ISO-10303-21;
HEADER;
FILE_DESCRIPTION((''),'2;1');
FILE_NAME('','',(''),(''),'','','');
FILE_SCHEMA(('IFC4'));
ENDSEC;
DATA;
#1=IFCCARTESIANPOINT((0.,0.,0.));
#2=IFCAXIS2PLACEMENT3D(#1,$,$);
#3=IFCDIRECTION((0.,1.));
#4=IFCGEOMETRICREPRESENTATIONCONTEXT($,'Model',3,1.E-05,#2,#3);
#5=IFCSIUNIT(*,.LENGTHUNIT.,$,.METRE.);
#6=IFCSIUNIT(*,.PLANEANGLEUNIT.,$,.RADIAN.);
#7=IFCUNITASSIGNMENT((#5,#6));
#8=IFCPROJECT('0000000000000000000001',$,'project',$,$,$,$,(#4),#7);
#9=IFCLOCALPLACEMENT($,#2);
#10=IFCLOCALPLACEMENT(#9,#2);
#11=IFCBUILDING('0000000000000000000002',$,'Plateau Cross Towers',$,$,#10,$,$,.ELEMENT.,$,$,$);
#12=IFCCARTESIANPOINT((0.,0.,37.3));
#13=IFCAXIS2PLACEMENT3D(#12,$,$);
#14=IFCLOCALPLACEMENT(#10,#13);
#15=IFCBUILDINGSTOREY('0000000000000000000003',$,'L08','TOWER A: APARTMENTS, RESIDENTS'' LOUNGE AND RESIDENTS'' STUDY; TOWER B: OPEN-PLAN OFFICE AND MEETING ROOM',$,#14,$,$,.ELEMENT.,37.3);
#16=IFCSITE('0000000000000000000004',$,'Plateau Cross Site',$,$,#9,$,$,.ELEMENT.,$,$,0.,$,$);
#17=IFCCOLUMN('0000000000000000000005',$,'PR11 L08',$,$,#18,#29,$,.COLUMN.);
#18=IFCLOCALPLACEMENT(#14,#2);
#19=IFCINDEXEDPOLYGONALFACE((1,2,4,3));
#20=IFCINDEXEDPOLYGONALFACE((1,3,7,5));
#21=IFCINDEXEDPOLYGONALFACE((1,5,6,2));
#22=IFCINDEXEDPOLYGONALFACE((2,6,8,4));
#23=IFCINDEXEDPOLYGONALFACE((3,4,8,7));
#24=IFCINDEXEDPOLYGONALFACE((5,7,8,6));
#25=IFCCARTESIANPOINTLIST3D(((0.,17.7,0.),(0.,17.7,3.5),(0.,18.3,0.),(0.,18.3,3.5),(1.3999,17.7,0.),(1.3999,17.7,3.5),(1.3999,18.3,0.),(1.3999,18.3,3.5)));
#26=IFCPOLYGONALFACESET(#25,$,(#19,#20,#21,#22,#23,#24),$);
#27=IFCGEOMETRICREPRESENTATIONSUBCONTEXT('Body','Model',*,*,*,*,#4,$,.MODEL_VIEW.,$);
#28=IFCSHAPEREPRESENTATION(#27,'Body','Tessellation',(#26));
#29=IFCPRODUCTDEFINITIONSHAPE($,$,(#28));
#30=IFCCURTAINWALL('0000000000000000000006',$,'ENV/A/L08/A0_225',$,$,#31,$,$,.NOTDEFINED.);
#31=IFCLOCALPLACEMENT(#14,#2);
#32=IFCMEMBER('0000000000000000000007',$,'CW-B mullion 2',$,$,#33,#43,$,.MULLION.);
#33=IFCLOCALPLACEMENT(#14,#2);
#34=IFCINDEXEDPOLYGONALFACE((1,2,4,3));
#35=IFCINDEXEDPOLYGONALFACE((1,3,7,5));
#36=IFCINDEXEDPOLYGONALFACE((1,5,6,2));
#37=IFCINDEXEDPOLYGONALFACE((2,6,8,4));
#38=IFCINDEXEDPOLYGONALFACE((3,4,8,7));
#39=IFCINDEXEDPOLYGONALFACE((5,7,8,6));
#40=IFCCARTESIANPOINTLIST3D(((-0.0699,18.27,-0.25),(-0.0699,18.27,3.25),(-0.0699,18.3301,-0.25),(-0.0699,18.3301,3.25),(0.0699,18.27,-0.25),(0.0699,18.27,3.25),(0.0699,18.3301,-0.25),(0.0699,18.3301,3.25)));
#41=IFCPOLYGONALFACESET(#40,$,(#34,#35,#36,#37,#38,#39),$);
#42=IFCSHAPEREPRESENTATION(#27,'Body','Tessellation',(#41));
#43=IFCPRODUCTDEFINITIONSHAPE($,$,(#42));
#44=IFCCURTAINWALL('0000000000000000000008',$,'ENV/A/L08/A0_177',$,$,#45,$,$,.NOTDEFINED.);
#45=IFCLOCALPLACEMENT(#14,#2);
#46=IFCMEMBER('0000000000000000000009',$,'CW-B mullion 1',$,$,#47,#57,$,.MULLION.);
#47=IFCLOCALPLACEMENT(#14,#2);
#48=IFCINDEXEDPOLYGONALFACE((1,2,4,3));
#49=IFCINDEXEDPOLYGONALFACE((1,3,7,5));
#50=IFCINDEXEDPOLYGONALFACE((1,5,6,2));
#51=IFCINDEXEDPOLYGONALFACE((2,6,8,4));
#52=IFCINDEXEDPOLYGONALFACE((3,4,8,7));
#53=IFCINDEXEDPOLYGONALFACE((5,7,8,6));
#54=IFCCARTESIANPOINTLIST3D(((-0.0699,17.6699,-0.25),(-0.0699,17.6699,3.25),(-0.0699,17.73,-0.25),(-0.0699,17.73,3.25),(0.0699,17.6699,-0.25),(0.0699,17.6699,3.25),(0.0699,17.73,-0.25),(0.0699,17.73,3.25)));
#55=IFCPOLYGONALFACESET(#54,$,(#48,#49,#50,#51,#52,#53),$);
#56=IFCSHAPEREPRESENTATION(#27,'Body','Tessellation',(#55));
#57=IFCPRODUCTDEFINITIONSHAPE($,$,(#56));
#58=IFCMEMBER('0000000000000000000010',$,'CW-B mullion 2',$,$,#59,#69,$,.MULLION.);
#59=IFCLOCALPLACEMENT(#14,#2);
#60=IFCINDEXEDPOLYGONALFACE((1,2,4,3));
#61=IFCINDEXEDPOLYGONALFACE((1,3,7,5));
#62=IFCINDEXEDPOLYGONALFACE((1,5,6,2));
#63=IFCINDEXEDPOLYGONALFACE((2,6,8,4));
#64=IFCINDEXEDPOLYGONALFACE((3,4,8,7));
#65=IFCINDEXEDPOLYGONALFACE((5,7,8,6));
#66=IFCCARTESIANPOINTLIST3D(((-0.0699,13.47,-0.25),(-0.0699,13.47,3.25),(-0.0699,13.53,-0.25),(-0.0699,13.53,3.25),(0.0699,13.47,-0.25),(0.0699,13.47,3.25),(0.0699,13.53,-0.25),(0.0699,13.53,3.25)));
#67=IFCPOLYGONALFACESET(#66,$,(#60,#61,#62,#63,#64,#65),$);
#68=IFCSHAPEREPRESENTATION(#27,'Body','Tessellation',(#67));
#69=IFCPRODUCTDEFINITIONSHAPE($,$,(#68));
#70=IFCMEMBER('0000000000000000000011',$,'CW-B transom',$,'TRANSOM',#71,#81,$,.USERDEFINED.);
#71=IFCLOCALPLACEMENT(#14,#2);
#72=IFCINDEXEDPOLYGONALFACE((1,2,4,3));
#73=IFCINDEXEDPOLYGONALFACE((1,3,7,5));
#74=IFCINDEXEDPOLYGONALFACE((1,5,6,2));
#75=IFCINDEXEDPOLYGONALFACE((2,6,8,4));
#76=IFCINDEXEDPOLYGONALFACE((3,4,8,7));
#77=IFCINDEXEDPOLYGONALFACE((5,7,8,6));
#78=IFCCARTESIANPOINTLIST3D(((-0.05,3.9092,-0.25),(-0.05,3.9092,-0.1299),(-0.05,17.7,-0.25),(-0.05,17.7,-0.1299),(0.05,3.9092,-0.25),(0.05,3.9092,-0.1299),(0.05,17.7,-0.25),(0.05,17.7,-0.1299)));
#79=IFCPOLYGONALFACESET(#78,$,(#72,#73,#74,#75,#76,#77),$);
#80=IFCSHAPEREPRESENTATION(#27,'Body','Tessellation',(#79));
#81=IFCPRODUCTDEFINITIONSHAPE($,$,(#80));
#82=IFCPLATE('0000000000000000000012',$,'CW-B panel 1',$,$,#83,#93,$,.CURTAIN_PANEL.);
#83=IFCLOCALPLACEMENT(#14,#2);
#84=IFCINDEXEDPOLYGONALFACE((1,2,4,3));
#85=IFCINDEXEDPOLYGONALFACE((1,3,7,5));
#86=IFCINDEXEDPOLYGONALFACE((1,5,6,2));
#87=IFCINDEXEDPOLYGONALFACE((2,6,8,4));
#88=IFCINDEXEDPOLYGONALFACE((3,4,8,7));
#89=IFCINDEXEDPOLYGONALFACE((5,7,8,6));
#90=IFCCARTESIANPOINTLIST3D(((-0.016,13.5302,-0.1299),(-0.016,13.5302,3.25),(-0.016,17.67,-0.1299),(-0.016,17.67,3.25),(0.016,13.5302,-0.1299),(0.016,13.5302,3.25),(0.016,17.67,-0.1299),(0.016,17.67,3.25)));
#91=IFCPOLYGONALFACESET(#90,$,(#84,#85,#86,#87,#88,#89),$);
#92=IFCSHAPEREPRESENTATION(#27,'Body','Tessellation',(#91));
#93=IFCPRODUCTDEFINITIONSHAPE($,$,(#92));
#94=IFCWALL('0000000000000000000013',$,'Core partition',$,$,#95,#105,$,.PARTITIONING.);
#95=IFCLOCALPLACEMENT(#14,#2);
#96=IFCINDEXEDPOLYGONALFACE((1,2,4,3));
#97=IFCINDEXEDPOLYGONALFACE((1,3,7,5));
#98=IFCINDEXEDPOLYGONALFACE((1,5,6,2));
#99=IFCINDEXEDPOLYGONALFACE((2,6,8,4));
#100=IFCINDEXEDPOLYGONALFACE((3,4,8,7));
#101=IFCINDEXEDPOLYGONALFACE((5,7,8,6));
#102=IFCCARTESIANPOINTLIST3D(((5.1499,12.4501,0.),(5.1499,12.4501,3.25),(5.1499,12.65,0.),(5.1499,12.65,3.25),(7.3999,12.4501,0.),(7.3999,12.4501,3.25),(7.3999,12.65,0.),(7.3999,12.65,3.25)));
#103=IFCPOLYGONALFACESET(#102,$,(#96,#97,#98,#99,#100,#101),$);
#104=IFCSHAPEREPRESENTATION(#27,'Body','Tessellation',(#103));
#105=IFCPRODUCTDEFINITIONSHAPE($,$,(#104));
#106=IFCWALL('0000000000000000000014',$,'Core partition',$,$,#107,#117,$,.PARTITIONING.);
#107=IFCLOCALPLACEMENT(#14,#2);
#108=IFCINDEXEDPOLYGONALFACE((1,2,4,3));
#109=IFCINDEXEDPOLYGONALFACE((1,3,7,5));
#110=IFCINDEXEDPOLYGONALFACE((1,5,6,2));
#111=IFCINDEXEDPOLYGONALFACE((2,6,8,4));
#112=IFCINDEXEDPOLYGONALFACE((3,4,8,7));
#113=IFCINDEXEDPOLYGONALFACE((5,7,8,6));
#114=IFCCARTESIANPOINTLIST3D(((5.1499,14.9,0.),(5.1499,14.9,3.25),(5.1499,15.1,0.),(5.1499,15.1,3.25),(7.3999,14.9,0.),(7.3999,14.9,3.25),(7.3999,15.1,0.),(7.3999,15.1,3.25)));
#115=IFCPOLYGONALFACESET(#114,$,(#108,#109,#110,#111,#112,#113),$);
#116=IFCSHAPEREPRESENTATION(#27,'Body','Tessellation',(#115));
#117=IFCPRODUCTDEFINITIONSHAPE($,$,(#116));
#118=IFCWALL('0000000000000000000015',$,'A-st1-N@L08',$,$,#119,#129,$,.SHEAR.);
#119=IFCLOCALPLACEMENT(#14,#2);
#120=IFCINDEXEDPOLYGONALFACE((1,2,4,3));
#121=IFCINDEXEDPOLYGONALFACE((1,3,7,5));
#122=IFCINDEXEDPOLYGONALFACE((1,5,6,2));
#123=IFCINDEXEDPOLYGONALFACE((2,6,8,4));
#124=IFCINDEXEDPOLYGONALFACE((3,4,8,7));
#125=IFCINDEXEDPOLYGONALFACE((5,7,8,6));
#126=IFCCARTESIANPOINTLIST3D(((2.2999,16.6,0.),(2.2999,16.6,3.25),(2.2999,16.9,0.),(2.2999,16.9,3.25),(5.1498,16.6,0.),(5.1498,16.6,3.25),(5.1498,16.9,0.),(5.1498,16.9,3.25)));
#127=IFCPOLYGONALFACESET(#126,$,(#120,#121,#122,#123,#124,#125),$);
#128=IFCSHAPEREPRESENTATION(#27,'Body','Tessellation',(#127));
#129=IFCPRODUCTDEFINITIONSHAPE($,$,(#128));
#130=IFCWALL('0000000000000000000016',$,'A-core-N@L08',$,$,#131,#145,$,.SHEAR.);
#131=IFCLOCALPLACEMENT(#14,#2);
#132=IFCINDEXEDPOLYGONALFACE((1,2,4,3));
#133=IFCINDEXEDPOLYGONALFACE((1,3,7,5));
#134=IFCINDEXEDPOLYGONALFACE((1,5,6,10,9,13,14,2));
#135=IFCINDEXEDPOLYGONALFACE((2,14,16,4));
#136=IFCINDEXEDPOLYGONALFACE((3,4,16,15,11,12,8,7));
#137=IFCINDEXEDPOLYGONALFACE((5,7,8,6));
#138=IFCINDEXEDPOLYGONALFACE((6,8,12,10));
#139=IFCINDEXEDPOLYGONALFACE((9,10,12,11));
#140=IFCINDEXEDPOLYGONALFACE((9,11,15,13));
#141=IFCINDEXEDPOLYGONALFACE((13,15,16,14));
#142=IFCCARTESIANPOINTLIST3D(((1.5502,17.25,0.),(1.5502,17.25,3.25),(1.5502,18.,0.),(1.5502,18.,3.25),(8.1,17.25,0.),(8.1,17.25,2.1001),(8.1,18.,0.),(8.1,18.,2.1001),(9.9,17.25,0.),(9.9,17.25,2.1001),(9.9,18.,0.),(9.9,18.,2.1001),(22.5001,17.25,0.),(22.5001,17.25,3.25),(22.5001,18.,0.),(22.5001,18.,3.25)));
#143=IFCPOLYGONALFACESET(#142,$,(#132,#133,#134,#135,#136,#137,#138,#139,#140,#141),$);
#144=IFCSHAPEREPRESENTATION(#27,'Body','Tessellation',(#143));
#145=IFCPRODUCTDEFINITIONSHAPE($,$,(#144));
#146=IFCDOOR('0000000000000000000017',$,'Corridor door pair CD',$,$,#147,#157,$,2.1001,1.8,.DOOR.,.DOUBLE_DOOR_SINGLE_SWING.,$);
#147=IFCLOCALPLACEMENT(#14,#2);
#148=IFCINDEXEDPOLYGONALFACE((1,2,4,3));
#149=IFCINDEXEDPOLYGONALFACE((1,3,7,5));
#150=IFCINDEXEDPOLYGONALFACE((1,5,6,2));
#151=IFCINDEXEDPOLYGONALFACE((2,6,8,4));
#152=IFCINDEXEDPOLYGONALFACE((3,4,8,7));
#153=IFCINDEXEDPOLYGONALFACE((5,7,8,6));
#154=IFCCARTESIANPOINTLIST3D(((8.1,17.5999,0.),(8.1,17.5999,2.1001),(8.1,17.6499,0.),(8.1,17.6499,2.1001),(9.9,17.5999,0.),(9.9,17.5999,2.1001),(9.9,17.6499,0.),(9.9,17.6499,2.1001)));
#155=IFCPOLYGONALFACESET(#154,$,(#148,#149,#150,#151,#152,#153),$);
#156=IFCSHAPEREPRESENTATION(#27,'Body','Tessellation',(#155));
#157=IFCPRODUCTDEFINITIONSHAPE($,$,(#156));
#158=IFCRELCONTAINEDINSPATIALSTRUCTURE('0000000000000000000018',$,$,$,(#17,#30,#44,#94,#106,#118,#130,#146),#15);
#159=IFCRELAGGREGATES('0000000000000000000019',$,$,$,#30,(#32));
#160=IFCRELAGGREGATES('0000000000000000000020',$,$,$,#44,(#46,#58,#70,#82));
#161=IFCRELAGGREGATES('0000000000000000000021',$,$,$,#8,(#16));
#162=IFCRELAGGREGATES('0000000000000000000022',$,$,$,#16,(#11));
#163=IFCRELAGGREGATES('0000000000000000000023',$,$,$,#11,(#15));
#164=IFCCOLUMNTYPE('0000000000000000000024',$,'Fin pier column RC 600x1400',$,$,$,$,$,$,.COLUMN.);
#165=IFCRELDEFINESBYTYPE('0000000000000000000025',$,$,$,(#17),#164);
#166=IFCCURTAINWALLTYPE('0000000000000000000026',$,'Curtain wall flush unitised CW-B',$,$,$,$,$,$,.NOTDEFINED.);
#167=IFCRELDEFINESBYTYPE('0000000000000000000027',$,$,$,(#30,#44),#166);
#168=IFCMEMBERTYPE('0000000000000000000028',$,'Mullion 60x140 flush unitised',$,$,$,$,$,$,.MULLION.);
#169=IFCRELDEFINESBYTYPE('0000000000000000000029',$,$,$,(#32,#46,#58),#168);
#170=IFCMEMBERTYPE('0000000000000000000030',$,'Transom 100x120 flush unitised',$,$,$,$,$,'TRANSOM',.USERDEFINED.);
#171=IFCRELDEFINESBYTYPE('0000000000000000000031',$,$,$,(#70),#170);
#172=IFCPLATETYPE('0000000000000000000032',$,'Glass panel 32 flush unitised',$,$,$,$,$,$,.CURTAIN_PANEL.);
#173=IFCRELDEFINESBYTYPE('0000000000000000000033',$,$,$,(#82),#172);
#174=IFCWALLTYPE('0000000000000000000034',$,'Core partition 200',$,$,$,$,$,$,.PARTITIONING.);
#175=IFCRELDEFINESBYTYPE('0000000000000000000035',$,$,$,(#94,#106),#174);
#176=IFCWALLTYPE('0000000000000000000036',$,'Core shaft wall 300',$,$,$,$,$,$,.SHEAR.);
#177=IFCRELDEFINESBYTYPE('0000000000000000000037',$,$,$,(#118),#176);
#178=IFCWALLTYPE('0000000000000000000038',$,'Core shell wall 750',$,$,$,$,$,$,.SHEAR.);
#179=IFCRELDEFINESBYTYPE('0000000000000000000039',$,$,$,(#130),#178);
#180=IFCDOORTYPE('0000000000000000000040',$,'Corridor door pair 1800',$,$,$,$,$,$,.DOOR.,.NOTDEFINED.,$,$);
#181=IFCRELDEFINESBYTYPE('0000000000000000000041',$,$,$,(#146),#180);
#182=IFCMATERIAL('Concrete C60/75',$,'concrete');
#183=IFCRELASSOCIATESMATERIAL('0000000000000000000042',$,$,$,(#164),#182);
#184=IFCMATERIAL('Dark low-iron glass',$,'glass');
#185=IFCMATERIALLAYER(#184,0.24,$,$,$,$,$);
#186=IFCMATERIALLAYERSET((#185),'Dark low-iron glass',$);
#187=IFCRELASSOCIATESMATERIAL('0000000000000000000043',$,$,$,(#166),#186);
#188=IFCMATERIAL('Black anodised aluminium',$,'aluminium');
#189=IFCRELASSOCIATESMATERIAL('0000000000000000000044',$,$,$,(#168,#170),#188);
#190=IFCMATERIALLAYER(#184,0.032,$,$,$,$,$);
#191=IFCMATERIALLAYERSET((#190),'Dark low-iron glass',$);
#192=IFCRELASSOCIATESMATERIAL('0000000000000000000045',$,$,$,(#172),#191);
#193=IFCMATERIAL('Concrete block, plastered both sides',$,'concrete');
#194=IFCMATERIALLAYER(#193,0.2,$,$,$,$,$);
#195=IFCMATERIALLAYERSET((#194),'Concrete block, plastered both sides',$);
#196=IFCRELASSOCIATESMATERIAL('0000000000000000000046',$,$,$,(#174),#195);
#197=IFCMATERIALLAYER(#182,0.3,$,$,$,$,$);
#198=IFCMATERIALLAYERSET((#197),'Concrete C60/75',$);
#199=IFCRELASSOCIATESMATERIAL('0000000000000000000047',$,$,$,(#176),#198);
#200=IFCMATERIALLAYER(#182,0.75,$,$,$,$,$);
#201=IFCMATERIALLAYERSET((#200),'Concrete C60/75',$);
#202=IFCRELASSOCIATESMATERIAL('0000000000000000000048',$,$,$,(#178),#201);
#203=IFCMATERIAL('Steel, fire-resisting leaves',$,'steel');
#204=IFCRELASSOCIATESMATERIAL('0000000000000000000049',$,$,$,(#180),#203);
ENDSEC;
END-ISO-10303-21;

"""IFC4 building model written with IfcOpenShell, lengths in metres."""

from ifc_helpers import new_model, si_unit, direction, frame, frame_2d, origin, origin_2d, place, context, subcontext, project, spatial, rectangle, extrude, material, layer, layer_set, material_profile, profile_set, type_object, element, fill, aggregate, save


model = new_model("IFC4")

# Units and contexts
model_context = context("Model", 3, precision=1e-05, world=origin(), true_north=direction((0.0, 1.0)))
body_context = subcontext(model_context, "Body", "Model", "MODEL_VIEW")
ifc_project = project(units=[si_unit("LENGTHUNIT", "METRE"), si_unit("PLANEANGLEUNIT", "RADIAN")], contexts=[model_context])

# Site, building, storey
site_placement = place(None, origin())
site = spatial("IfcSite", under=ifc_project, at=site_placement, Name="Plateau Cross Site", CompositionType="ELEMENT", RefElevation=0.0)
building_placement = place(site_placement, origin())
building = spatial("IfcBuilding", under=site, at=building_placement, Name="Plateau Cross Towers", CompositionType="ELEMENT")
storey_placement = place(building_placement, frame((0.0, 0.0, 37.3)))
storey = spatial("IfcBuildingStorey", under=building, at=storey_placement, Name="L08", Description="TOWER A: APARTMENTS, RESIDENTS' LOUNGE AND RESIDENTS' STUDY; TOWER B: OPEN-PLAN OFFICE AND MEETING ROOM", CompositionType="ELEMENT", Elevation=37.3)

# Column
ifc_material_1 = material(Name="Concrete C60/75", Category="concrete")
ifc_material_profile_1 = material_profile(ifc_material_1, rectangle(XDim=0.6001, YDim=1.3999, at=origin_2d()), Name="RC 600x1400")
ifc_profile_set_1 = profile_set([ifc_material_profile_1], Name="Concrete C60/75")
column_type = type_object("IfcColumnType", Name="Fin pier column RC 600x1400", PredefinedType="COLUMN", material=ifc_profile_set_1)
column_placement = place(storey_placement, frame((0.7, 18.0, 0.0), z_axis=(0.0, 0.0, 1.0), x_axis=(0.0, 1.0, 0.0)))
element("IfcColumn", 1, at=column_placement, inside=storey, type_object=column_type, Name="PR11 L08", PredefinedType="COLUMN", context=body_context, shape_type="SweptSolid", body=[
    extrude(rectangle(XDim=0.6001, YDim=1.3999, at=origin_2d()), origin(), (0.0, 0.0, 1.0), 3.5),
])

# Curtain wall, member
ifc_material_2 = material(Name="Dark low-iron glass", Category="glass")
ifc_layer_1 = layer(ifc_material_2, 0.24)
ifc_layer_set_1 = layer_set([ifc_layer_1], Name="Dark low-iron glass")
curtain_wall_type = type_object("IfcCurtainWallType", Name="Curtain wall flush unitised CW-B", PredefinedType="NOTDEFINED", material=ifc_layer_set_1)
curtain_wall_1_placement = place(storey_placement, origin())
curtain_wall_1 = element("IfcCurtainWall", 2, at=curtain_wall_1_placement, inside=storey, type_object=curtain_wall_type, Name="ENV/A/L08/A0_225", PredefinedType="NOTDEFINED")
ifc_material_3 = material(Name="Black anodised aluminium", Category="aluminium")
ifc_material_profile_2 = material_profile(ifc_material_3, rectangle(XDim=0.0601, YDim=0.1399, at=origin_2d()), Name="MULLION 60x140")
ifc_profile_set_2 = profile_set([ifc_material_profile_2], Name="Black anodised aluminium")
member_type_1 = type_object("IfcMemberType", Name="Mullion 60x140 flush unitised", PredefinedType="MULLION", material=ifc_profile_set_2)
member_1_placement = place(storey_placement, frame((0.0, 18.3, -0.25), z_axis=(0.0, 0.0, 1.0), x_axis=(0.0, -1.0, 0.0)))
member_1 = element("IfcMember", 3, at=member_1_placement, type_object=member_type_1, Name="CW-B mullion 2", PredefinedType="MULLION", context=body_context, shape_type="SweptSolid", body=[
    extrude(rectangle(XDim=0.0601, YDim=0.1399, at=origin_2d()), origin(), (0.0, 0.0, 1.0), 3.5),
])
aggregate(curtain_wall_1, [member_1])

# Curtain wall, members, plate
curtain_wall_2_placement = place(storey_placement, origin())
curtain_wall_2 = element("IfcCurtainWall", 4, at=curtain_wall_2_placement, inside=storey, type_object=curtain_wall_type, Name="ENV/A/L08/A0_177", PredefinedType="NOTDEFINED")
member_2_placement = place(storey_placement, frame((0.0, 17.7, -0.25), z_axis=(0.0, 0.0, 1.0), x_axis=(0.0, -1.0, 0.0)))
member_2 = element("IfcMember", 5, at=member_2_placement, type_object=member_type_1, Name="CW-B mullion 1", PredefinedType="MULLION", context=body_context, shape_type="SweptSolid", body=[
    extrude(rectangle(XDim=0.0601, YDim=0.1399, at=origin_2d()), origin(), (0.0, 0.0, 1.0), 3.5),
])
member_3_placement = place(storey_placement, frame((0.0, 13.5, -0.25), z_axis=(0.0, 0.0, 1.0), x_axis=(0.0, -1.0, 0.0)))
member_3 = element("IfcMember", 6, at=member_3_placement, type_object=member_type_1, Name="CW-B mullion 2", PredefinedType="MULLION", context=body_context, shape_type="SweptSolid", body=[
    extrude(rectangle(XDim=0.0601, YDim=0.1399, at=origin_2d()), origin(), (0.0, 0.0, 1.0), 3.5),
])
ifc_material_profile_3 = material_profile(ifc_material_3, rectangle(XDim=0.1001, YDim=0.1201, at=origin_2d()), Name="TRANSOM 100x120")
ifc_profile_set_3 = profile_set([ifc_material_profile_3], Name="Black anodised aluminium")
member_type_2 = type_object("IfcMemberType", Name="Transom 100x120 flush unitised", ElementType="TRANSOM", PredefinedType="USERDEFINED", material=ifc_profile_set_3)
member_4_placement = place(storey_placement, frame((0.0, 17.7, -0.1899), z_axis=(0.0, -1.0, 0.0), x_axis=(1.0, 0.0, 0.0)))
member_4 = element("IfcMember", 7, at=member_4_placement, type_object=member_type_2, Name="CW-B transom", ObjectType="TRANSOM", PredefinedType="USERDEFINED", context=body_context, shape_type="SweptSolid", body=[
    extrude(rectangle(XDim=0.1001, YDim=0.1201, at=origin_2d()), origin(), (0.0, 0.0, 1.0), 13.7908),
])
ifc_layer_2 = layer(ifc_material_2, 0.032)
ifc_layer_set_2 = layer_set([ifc_layer_2], Name="Dark low-iron glass")
plate_type = type_object("IfcPlateType", Name="Glass panel 32 flush unitised", PredefinedType="CURTAIN_PANEL", material=ifc_layer_set_2)
plate_placement = place(storey_placement, frame((0.0, 15.6001, -0.1299), z_axis=(0.0, 0.0, 1.0), x_axis=(0.0, -1.0, 0.0)))
plate = element("IfcPlate", 8, at=plate_placement, type_object=plate_type, Name="CW-B panel 1", PredefinedType="CURTAIN_PANEL", context=body_context, shape_type="SweptSolid", body=[
    extrude(rectangle(XDim=4.1399, YDim=0.032, at=origin_2d()), origin(), (0.0, 0.0, 1.0), 3.3799),
])
aggregate(curtain_wall_2, [member_2, member_3, member_4, plate])

# Walls
ifc_material_4 = material(Name="Concrete block, plastered both sides", Category="concrete")
ifc_layer_3 = layer(ifc_material_4, 0.2)
ifc_layer_set_3 = layer_set([ifc_layer_3], Name="Concrete block, plastered both sides")
wall_type_1 = type_object("IfcWallType", Name="Core partition 200", PredefinedType="PARTITIONING", material=ifc_layer_set_3)
for number, where, z_axis, x_axis, name in (
    (9, (5.1499, 12.55, 0.0), (0.0, 0.0, 1.0), (1.0, 0.0, 0.0), "Core partition"),
    (10, (5.1499, 15.0, 0.0), (0.0, 0.0, 1.0), (1.0, 0.0, 0.0), "Core partition"),
):
    element("IfcWall", number, at=place(storey_placement, frame(where, z_axis=z_axis, x_axis=x_axis)), inside=storey, type_object=wall_type_1, Name=name, PredefinedType="PARTITIONING", context=body_context, shape_type="SweptSolid", body=[
        extrude(rectangle(XDim=2.25, YDim=0.2, at=frame_2d((1.125, 0.0))), origin(), (0.0, 0.0, 1.0), 3.25),
    ])
ifc_layer_4 = layer(ifc_material_1, 0.3)
ifc_layer_set_4 = layer_set([ifc_layer_4], Name="Concrete C60/75")
wall_type_2 = type_object("IfcWallType", Name="Core shaft wall 300", PredefinedType="SHEAR", material=ifc_layer_set_4)
wall_1_placement = place(storey_placement, frame((2.3, 16.75, 0.0), z_axis=(0.0, 0.0, 1.0), x_axis=(1.0, 0.0, 0.0)))
element("IfcWall", 11, at=wall_1_placement, inside=storey, type_object=wall_type_2, Name="A-st1-N@L08", PredefinedType="SHEAR", context=body_context, shape_type="SweptSolid", body=[
    extrude(rectangle(XDim=2.8499, YDim=0.3, at=frame_2d((1.4248, 0.0))), origin(), (0.0, 0.0, 1.0), 3.25),
])

# Wall, opening, door
ifc_layer_5 = layer(ifc_material_1, 0.75)
ifc_layer_set_5 = layer_set([ifc_layer_5], Name="Concrete C60/75")
wall_type_3 = type_object("IfcWallType", Name="Core shell wall 750", PredefinedType="SHEAR", material=ifc_layer_set_5)
wall_2_placement = place(storey_placement, frame((1.55, 17.625, 0.0), z_axis=(0.0, 0.0, 1.0), x_axis=(1.0, 0.0, 0.0)))
wall_2 = element("IfcWall", 12, at=wall_2_placement, inside=storey, type_object=wall_type_3, Name="A-core-N@L08", PredefinedType="SHEAR", context=body_context, shape_type="SweptSolid", body=[
    extrude(rectangle(XDim=20.95, YDim=0.75, at=frame_2d((10.4751, 0.0))), origin(), (0.0, 0.0, 1.0), 3.25),
])
opening_placement = place(wall_2_placement, frame((6.55, 0.0, 0.0)))
opening = element("IfcOpeningElement", 13, at=opening_placement, cuts=wall_2, PredefinedType="OPENING", context=body_context, shape_type="SweptSolid", body=[
    extrude(rectangle(XDim=1.8, YDim=2.1001, at=frame_2d((0.8999, 1.05))), frame((0.0, 0.385, 0.0), z_axis=(0.0, -1.0, 0.0), x_axis=(1.0, 0.0, 0.0)), (0.0, 0.0, 1.0), 0.77),
])
ifc_material_5 = material(Name="Steel, fire-resisting leaves", Category="steel")
door_type = type_object("IfcDoorType", Name="Corridor door pair 1800", OperationType="NOTDEFINED", PredefinedType="DOOR", material=ifc_material_5)
door_placement = place(opening_placement, origin())
door = element("IfcDoor", 14, at=door_placement, inside=storey, type_object=door_type, Name="Corridor door pair CD", OperationType="DOUBLE_DOOR_SINGLE_SWING", OverallHeight=2.1001, OverallWidth=1.8, PredefinedType="DOOR", context=body_context, shape_type="SweptSolid", body=[
    extrude(rectangle(XDim=1.8, YDim=2.1001, at=frame_2d((0.8999, 1.05))), frame((0.0, 0.0249, 0.0), z_axis=(0.0, -1.0, 0.0), x_axis=(1.0, 0.0, 0.0)), (0.0, 0.0, 1.0), 0.05),
])
fill(opening, door)

save(model, "model.ifc")
